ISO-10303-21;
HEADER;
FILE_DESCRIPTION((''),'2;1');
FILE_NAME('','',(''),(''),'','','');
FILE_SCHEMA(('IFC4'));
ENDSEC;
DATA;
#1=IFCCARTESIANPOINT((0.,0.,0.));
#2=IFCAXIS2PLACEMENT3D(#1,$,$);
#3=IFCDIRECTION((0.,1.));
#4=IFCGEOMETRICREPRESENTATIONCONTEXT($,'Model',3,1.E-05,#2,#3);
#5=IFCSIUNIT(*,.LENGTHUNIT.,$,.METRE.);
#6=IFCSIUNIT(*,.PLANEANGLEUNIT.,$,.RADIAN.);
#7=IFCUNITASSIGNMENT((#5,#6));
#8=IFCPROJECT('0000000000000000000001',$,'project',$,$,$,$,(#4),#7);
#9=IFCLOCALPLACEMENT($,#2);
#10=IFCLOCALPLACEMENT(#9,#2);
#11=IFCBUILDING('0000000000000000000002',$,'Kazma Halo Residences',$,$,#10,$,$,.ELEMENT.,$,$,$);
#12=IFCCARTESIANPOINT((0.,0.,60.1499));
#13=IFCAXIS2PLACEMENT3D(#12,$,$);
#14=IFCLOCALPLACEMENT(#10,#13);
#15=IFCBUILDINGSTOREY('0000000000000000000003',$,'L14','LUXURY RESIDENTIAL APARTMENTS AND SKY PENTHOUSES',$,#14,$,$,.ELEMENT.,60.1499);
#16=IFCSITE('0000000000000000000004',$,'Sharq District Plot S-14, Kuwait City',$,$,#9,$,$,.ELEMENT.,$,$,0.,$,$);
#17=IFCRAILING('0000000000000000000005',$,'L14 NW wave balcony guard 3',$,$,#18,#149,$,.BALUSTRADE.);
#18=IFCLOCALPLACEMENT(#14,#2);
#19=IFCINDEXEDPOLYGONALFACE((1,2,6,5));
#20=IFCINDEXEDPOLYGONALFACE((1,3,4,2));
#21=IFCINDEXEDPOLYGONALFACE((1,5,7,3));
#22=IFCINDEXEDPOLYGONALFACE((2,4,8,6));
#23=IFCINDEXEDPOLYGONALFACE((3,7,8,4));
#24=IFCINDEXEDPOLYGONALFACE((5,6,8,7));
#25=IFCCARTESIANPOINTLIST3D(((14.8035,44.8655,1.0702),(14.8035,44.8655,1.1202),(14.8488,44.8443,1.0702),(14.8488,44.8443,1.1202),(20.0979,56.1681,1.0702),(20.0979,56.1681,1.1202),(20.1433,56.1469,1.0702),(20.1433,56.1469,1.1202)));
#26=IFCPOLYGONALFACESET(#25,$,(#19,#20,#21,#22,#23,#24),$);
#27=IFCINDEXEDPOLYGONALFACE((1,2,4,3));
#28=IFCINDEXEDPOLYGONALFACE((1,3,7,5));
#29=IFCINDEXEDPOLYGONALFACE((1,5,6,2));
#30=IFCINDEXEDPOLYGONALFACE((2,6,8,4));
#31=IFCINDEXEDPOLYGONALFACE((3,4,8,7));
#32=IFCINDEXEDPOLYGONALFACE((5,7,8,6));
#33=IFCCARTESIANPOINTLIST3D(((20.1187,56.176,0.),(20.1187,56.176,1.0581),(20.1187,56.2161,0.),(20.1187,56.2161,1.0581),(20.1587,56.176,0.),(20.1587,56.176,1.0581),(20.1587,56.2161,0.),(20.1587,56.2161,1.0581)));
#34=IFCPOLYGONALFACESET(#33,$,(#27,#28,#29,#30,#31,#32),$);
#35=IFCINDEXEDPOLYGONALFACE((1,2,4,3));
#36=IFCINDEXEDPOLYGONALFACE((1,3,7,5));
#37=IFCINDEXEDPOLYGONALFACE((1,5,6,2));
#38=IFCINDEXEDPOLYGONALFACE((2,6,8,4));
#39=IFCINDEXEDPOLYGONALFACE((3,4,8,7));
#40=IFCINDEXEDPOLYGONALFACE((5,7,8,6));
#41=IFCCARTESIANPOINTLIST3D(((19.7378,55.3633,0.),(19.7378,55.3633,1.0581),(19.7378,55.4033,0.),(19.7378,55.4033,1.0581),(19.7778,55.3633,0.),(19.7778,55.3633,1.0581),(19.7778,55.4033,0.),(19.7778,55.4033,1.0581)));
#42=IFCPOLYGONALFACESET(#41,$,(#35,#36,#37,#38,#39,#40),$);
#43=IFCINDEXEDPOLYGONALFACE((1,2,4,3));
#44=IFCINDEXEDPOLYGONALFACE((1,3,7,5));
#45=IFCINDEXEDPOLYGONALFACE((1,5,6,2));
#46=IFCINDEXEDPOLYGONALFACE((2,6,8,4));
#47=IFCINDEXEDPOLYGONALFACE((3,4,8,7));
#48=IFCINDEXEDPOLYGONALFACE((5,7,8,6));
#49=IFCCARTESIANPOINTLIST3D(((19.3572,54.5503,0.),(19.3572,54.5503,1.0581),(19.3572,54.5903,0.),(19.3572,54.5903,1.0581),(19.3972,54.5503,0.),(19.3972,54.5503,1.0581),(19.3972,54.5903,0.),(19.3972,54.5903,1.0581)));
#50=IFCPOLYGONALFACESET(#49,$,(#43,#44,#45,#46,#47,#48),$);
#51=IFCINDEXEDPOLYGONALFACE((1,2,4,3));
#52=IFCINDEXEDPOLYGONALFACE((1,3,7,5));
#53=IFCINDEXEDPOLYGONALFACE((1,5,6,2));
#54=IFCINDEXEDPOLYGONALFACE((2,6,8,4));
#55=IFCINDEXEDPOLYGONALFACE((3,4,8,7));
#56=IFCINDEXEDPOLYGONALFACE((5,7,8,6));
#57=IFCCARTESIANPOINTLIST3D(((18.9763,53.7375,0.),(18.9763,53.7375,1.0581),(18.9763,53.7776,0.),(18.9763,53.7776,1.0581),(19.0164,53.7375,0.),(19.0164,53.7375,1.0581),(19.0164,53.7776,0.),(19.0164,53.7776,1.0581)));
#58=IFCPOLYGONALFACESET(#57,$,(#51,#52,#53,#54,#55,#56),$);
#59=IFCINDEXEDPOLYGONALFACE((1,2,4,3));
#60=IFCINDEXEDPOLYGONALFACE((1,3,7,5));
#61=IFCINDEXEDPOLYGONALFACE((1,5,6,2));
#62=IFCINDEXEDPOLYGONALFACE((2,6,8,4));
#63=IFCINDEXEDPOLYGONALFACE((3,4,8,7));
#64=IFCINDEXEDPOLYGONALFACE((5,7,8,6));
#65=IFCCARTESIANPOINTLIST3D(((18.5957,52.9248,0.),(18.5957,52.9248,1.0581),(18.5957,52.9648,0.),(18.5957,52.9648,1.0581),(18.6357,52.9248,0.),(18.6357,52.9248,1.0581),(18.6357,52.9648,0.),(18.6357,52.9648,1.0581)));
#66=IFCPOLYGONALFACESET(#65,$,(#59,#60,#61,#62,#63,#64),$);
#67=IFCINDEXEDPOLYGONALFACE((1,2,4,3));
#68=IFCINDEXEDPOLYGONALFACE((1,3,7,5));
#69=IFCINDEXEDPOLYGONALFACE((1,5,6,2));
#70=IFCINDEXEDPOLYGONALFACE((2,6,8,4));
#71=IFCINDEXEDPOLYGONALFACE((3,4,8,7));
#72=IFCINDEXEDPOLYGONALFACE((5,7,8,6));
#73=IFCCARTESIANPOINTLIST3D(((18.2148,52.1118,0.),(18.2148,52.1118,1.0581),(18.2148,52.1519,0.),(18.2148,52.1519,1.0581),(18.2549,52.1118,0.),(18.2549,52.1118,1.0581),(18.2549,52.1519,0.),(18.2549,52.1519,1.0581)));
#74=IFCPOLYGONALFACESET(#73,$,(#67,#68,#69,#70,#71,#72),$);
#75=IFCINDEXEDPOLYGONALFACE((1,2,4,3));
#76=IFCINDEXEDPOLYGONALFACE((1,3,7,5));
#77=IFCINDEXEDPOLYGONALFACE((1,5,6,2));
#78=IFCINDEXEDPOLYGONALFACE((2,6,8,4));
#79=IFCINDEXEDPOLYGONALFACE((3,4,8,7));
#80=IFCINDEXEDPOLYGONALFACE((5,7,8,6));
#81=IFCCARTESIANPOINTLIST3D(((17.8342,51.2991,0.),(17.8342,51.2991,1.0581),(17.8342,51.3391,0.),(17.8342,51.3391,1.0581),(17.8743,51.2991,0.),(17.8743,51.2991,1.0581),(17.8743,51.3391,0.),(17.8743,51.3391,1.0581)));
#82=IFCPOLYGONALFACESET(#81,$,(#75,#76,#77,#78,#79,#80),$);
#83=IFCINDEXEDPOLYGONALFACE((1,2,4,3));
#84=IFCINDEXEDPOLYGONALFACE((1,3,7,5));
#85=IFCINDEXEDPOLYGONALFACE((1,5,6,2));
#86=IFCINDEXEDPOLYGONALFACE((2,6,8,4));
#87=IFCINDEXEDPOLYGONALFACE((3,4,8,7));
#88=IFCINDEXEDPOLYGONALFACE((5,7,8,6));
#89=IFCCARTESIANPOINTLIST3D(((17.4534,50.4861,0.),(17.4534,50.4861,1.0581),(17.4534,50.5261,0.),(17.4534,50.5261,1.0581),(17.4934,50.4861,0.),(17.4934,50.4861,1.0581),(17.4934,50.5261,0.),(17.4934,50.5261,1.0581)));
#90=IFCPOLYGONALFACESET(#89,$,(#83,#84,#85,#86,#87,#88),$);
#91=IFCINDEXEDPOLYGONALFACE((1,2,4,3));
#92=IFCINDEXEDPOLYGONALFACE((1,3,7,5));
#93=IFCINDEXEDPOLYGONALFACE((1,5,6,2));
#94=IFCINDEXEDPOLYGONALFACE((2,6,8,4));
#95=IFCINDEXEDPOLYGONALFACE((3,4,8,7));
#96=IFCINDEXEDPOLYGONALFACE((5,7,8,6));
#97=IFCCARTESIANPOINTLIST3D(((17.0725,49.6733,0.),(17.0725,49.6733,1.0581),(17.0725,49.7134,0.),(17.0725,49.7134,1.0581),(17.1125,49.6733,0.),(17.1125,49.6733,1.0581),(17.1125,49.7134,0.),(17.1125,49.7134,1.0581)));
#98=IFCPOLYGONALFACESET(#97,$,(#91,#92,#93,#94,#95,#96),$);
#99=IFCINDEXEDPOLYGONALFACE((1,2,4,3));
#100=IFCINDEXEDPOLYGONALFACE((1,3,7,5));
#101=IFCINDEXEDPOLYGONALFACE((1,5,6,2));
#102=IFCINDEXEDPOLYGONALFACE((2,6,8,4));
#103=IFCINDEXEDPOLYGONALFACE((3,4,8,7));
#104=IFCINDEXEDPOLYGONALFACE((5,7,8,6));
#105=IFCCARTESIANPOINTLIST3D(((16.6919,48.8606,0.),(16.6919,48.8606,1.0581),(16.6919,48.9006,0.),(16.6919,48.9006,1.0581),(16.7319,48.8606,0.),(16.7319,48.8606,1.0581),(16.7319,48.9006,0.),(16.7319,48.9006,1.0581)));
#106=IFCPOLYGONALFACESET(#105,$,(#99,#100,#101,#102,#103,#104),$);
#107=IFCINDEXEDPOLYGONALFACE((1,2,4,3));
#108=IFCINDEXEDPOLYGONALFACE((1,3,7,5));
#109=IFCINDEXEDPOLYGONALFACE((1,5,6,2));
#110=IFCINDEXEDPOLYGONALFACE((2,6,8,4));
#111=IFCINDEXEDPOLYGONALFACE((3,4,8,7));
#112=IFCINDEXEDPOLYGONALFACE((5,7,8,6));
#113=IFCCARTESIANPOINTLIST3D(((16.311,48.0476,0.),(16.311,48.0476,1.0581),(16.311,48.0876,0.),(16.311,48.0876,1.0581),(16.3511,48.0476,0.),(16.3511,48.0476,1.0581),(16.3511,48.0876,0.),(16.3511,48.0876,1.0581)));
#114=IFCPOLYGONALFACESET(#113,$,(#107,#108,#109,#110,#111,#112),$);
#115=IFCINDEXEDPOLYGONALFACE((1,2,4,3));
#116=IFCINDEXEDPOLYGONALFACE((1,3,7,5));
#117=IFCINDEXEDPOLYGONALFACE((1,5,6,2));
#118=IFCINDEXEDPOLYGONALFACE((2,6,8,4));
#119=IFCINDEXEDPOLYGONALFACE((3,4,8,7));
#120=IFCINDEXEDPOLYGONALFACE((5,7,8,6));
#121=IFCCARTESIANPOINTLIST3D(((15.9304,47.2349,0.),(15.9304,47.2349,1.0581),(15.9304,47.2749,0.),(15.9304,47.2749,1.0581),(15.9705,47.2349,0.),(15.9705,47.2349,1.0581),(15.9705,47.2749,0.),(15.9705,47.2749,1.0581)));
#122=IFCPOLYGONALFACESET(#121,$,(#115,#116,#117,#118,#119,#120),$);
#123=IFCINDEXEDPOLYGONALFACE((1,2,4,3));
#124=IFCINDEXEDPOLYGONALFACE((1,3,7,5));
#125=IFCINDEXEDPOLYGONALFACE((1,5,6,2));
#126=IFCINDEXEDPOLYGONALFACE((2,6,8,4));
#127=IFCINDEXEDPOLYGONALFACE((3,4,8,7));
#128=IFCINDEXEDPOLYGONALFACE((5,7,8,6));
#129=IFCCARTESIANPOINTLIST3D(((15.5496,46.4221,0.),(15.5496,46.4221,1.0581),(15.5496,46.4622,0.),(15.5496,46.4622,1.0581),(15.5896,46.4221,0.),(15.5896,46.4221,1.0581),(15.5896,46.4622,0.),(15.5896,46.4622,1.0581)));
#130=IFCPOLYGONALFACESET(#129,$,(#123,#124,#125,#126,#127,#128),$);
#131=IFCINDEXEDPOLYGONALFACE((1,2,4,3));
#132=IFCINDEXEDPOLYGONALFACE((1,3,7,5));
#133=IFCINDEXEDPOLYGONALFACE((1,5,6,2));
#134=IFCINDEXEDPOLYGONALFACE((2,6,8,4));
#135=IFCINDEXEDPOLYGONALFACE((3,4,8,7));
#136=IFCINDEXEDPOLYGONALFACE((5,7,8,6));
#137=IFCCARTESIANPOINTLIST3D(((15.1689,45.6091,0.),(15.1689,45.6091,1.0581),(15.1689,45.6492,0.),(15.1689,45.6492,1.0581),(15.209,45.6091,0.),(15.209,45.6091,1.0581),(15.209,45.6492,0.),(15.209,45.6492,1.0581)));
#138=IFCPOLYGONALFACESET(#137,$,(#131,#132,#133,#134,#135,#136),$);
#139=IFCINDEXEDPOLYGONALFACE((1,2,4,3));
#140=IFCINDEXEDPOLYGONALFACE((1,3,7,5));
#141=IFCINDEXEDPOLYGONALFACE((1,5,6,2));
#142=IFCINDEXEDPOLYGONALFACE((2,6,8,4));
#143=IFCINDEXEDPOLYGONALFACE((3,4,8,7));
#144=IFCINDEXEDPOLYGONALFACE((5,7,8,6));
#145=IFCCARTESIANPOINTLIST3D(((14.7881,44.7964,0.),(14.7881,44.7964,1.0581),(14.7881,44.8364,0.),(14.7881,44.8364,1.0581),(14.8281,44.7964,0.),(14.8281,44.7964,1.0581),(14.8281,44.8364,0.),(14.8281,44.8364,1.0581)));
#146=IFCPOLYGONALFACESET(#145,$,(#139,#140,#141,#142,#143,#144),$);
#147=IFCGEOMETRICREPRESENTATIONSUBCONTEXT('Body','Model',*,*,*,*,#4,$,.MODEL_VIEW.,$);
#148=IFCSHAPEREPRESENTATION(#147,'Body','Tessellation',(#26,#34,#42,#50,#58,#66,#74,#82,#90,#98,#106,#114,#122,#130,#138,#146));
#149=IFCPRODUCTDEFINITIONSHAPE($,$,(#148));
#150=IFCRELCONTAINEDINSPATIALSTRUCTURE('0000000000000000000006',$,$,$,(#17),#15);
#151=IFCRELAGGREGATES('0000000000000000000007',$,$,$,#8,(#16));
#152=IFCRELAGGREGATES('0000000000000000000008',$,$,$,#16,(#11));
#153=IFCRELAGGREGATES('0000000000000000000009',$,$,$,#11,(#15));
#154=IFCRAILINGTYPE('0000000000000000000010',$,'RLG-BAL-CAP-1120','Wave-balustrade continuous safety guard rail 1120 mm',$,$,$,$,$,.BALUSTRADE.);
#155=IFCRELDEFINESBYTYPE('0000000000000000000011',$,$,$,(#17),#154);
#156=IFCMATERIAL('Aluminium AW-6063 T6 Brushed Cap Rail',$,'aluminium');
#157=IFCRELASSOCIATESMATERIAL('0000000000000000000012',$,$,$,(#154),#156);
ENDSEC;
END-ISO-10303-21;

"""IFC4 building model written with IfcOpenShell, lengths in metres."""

from ifc_helpers import new_model, si_unit, direction, frame, origin, origin_2d, place, context, subcontext, project, spatial, rectangle, extrude, material, type_object, element, save


model = new_model("IFC4")

# Units and contexts
model_context = context("Model", 3, precision=1e-05, world=origin(), true_north=direction((0.0, 1.0)))
body_context = subcontext(model_context, "Body", "Model", "MODEL_VIEW")
ifc_project = project(units=[si_unit("LENGTHUNIT", "METRE"), si_unit("PLANEANGLEUNIT", "RADIAN")], contexts=[model_context])

# Site, building, storey
site_placement = place(None, origin())
site = spatial("IfcSite", under=ifc_project, at=site_placement, Name="Sharq District Plot S-14, Kuwait City", CompositionType="ELEMENT", RefElevation=0.0)
building_placement = place(site_placement, origin())
building = spatial("IfcBuilding", under=site, at=building_placement, Name="Kazma Halo Residences", CompositionType="ELEMENT")
storey_placement = place(building_placement, frame((0.0, 0.0, 60.1499)))
storey = spatial("IfcBuildingStorey", under=building, at=storey_placement, Name="L14", Description="LUXURY RESIDENTIAL APARTMENTS AND SKY PENTHOUSES", CompositionType="ELEMENT", Elevation=60.1499)

# Railing
ifc_material_1 = material(Name="Aluminium AW-6063 T6 Brushed Cap Rail", Category="aluminium")
railing_type = type_object("IfcRailingType", Name="RLG-BAL-CAP-1120", Description="Wave-balustrade continuous safety guard rail 1120 mm", PredefinedType="BALUSTRADE", material=ifc_material_1)
railing_1_placement = place(storey_placement, frame((20.1387, 56.196, 0.0)))
element("IfcRailing", 1, at=railing_1_placement, inside=storey, type_object=railing_type, Name="L14 NW wave balcony guard 3", PredefinedType="BALUSTRADE", context=body_context, shape_type="SweptSolid", body=[
    extrude(rectangle(XDim=0.05, YDim=0.05, at=origin_2d()), frame((-0.0181, -0.0386, 1.0952), z_axis=(-0.424196, -0.90557, 0.0), x_axis=(0.90557, -0.424196, 0.0)), (0.0, 0.0, 1.0), 12.4812),
    extrude(rectangle(XDim=0.04, YDim=0.04, at=origin_2d()), origin(), (0.0, 0.0, 1.0), 1.0581),
    extrude(rectangle(XDim=0.04, YDim=0.04, at=origin_2d()), frame((-0.3809, -0.8127, 0.0)), (0.0, 0.0, 1.0), 1.0581),
    extrude(rectangle(XDim=0.04, YDim=0.04, at=origin_2d()), frame((-0.7615, -1.6257, 0.0)), (0.0, 0.0, 1.0), 1.0581),
    extrude(rectangle(XDim=0.04, YDim=0.04, at=origin_2d()), frame((-1.1423, -2.4385, 0.0)), (0.0, 0.0, 1.0), 1.0581),
    extrude(rectangle(XDim=0.04, YDim=0.04, at=origin_2d()), frame((-1.5229, -3.2512, 0.0)), (0.0, 0.0, 1.0), 1.0581),
    extrude(rectangle(XDim=0.04, YDim=0.04, at=origin_2d()), frame((-1.9038, -4.0642, 0.0)), (0.0, 0.0, 1.0), 1.0581),
    extrude(rectangle(XDim=0.04, YDim=0.04, at=origin_2d()), frame((-2.2844, -4.877, 0.0)), (0.0, 0.0, 1.0), 1.0581),
    extrude(rectangle(XDim=0.04, YDim=0.04, at=origin_2d()), frame((-2.6653, -5.6899, 0.0)), (0.0, 0.0, 1.0), 1.0581),
    extrude(rectangle(XDim=0.04, YDim=0.04, at=origin_2d()), frame((-3.0461, -6.5027, 0.0)), (0.0, 0.0, 1.0), 1.0581),
    extrude(rectangle(XDim=0.04, YDim=0.04, at=origin_2d()), frame((-3.4268, -7.3154, 0.0)), (0.0, 0.0, 1.0), 1.0581),
    extrude(rectangle(XDim=0.04, YDim=0.04, at=origin_2d()), frame((-3.8076, -8.1284, 0.0)), (0.0, 0.0, 1.0), 1.0581),
    extrude(rectangle(XDim=0.04, YDim=0.04, at=origin_2d()), frame((-4.1882, -8.9412, 0.0)), (0.0, 0.0, 1.0), 1.0581),
    extrude(rectangle(XDim=0.04, YDim=0.04, at=origin_2d()), frame((-4.5691, -9.7539, 0.0)), (0.0, 0.0, 1.0), 1.0581),
    extrude(rectangle(XDim=0.04, YDim=0.04, at=origin_2d()), frame((-4.9497, -10.5669, 0.0)), (0.0, 0.0, 1.0), 1.0581),
    extrude(rectangle(XDim=0.04, YDim=0.04, at=origin_2d()), frame((-5.3306, -11.3796, 0.0)), (0.0, 0.0, 1.0), 1.0581),
])

save(model, "model.ifc")
